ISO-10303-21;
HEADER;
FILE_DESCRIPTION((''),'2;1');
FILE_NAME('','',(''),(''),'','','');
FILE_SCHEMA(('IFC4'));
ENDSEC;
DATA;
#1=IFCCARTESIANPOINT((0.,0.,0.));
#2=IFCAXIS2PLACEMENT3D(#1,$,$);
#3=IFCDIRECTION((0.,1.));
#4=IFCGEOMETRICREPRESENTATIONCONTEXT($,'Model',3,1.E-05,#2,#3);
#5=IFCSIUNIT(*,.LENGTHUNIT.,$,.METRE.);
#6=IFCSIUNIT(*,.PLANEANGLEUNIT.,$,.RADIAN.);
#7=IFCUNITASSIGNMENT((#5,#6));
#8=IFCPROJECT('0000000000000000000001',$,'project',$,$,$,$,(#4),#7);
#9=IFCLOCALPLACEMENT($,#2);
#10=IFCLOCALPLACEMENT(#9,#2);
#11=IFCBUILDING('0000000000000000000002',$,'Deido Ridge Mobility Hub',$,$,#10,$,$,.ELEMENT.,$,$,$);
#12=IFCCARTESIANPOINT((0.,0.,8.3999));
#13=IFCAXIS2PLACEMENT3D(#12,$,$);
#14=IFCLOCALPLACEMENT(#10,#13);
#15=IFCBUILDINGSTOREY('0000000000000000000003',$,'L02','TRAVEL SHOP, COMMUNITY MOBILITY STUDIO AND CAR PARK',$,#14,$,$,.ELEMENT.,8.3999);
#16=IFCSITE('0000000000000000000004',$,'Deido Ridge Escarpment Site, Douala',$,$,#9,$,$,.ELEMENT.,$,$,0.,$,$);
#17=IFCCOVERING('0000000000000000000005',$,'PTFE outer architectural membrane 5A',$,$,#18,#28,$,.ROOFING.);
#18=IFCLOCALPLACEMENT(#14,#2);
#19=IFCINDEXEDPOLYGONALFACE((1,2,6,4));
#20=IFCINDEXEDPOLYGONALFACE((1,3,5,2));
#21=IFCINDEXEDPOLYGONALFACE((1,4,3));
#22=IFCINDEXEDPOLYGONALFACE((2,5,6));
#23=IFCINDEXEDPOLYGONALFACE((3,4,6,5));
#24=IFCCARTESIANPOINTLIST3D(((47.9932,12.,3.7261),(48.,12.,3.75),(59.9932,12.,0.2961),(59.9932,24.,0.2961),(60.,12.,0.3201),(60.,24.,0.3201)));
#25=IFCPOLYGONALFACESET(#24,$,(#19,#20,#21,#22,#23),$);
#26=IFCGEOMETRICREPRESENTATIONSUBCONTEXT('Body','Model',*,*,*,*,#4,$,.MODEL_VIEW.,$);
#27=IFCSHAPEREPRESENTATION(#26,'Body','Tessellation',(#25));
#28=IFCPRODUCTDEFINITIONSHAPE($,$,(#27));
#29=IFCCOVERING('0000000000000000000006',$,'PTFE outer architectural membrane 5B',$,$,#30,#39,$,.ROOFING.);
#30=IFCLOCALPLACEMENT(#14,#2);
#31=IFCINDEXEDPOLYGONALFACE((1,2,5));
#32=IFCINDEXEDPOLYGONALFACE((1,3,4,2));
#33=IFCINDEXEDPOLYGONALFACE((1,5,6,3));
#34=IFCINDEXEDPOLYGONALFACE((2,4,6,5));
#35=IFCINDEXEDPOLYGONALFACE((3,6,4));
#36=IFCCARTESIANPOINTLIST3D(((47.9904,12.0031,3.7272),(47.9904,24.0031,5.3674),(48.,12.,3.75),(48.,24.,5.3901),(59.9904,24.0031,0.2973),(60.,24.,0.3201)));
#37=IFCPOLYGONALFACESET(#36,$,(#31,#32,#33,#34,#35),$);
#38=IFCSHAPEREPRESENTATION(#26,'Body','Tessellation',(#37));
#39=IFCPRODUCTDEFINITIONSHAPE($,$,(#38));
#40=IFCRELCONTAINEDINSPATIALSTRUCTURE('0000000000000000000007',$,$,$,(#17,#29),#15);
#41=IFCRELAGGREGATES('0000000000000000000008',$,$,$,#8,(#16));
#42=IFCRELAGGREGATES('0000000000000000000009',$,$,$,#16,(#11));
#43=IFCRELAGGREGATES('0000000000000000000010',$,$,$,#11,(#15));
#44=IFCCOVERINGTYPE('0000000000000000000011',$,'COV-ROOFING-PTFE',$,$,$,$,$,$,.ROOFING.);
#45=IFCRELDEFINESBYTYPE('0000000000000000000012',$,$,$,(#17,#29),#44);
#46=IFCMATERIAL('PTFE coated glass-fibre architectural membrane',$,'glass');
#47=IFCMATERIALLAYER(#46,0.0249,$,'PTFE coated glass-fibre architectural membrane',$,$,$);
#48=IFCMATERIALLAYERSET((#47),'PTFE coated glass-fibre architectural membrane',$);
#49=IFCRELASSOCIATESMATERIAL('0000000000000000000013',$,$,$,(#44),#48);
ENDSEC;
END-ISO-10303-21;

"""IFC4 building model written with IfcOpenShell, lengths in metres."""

from ifc_helpers import new_model, si_unit, direction, frame, origin, place, context, subcontext, project, spatial, polyline, outline, extrude, material, layer, layer_set, type_object, element, save


model = new_model("IFC4")

# Units and contexts
model_context = context("Model", 3, precision=1e-05, world=origin(), true_north=direction((0.0, 1.0)))
body_context = subcontext(model_context, "Body", "Model", "MODEL_VIEW")
ifc_project = project(units=[si_unit("LENGTHUNIT", "METRE"), si_unit("PLANEANGLEUNIT", "RADIAN")], contexts=[model_context])

# Site, building, storey
site_placement = place(None, origin())
site = spatial("IfcSite", under=ifc_project, at=site_placement, Name="Deido Ridge Escarpment Site, Douala", CompositionType="ELEMENT", RefElevation=0.0)
building_placement = place(site_placement, origin())
building = spatial("IfcBuilding", under=site, at=building_placement, Name="Deido Ridge Mobility Hub", CompositionType="ELEMENT")
storey_placement = place(building_placement, frame((0.0, 0.0, 8.3999)))
storey = spatial("IfcBuildingStorey", under=building, at=storey_placement, Name="L02", Description="TRAVEL SHOP, COMMUNITY MOBILITY STUDIO AND CAR PARK", CompositionType="ELEMENT", Elevation=8.3999)

# Shared definitions
ifc_material_1 = material(Name="PTFE coated glass-fibre architectural membrane", Category="glass")

# Coverings
ifc_layer_1 = layer(ifc_material_1, 0.0249, Name="PTFE coated glass-fibre architectural membrane")
ifc_layer_set_1 = layer_set([ifc_layer_1], Name="PTFE coated glass-fibre architectural membrane")
covering_type = type_object("IfcCoveringType", Name="COV-ROOFING-PTFE", PredefinedType="ROOFING", material=ifc_layer_set_1)
covering_1_placement = place(storey_placement, frame((48.0, 12.0, 3.75), z_axis=(0.274822, 0.0, 0.961495), x_axis=(0.961495, 0.0, -0.274822)))
element("IfcCovering", 1, at=covering_1_placement, inside=storey, type_object=covering_type, Name="PTFE outer architectural membrane 5A", PredefinedType="ROOFING", context=body_context, shape_type="SweptSolid", body=[
    extrude(outline(polyline([(0.0, 0.0), (12.4806, 0.0), (12.4806, 12.0), (0.0, 0.0)])), origin(), (0.0, 0.0, -1.0), 0.0249),
])
covering_2_placement = place(storey_placement, frame((48.0, 12.0, 3.75), z_axis=(0.386145, -0.124916, 0.913941), x_axis=(0.693092, 0.693092, -0.198105)))
element("IfcCovering", 2, at=covering_2_placement, inside=storey, type_object=covering_type, Name="PTFE outer architectural membrane 5B", PredefinedType="ROOFING", context=body_context, shape_type="SweptSolid", body=[
    extrude(outline(polyline([(0.0, 0.0), (17.3137, 0.0), (7.9922, 9.1003), (0.0, 0.0)])), origin(), (0.0, 0.0, -1.0), 0.0249),
])

save(model, "model.ifc")
